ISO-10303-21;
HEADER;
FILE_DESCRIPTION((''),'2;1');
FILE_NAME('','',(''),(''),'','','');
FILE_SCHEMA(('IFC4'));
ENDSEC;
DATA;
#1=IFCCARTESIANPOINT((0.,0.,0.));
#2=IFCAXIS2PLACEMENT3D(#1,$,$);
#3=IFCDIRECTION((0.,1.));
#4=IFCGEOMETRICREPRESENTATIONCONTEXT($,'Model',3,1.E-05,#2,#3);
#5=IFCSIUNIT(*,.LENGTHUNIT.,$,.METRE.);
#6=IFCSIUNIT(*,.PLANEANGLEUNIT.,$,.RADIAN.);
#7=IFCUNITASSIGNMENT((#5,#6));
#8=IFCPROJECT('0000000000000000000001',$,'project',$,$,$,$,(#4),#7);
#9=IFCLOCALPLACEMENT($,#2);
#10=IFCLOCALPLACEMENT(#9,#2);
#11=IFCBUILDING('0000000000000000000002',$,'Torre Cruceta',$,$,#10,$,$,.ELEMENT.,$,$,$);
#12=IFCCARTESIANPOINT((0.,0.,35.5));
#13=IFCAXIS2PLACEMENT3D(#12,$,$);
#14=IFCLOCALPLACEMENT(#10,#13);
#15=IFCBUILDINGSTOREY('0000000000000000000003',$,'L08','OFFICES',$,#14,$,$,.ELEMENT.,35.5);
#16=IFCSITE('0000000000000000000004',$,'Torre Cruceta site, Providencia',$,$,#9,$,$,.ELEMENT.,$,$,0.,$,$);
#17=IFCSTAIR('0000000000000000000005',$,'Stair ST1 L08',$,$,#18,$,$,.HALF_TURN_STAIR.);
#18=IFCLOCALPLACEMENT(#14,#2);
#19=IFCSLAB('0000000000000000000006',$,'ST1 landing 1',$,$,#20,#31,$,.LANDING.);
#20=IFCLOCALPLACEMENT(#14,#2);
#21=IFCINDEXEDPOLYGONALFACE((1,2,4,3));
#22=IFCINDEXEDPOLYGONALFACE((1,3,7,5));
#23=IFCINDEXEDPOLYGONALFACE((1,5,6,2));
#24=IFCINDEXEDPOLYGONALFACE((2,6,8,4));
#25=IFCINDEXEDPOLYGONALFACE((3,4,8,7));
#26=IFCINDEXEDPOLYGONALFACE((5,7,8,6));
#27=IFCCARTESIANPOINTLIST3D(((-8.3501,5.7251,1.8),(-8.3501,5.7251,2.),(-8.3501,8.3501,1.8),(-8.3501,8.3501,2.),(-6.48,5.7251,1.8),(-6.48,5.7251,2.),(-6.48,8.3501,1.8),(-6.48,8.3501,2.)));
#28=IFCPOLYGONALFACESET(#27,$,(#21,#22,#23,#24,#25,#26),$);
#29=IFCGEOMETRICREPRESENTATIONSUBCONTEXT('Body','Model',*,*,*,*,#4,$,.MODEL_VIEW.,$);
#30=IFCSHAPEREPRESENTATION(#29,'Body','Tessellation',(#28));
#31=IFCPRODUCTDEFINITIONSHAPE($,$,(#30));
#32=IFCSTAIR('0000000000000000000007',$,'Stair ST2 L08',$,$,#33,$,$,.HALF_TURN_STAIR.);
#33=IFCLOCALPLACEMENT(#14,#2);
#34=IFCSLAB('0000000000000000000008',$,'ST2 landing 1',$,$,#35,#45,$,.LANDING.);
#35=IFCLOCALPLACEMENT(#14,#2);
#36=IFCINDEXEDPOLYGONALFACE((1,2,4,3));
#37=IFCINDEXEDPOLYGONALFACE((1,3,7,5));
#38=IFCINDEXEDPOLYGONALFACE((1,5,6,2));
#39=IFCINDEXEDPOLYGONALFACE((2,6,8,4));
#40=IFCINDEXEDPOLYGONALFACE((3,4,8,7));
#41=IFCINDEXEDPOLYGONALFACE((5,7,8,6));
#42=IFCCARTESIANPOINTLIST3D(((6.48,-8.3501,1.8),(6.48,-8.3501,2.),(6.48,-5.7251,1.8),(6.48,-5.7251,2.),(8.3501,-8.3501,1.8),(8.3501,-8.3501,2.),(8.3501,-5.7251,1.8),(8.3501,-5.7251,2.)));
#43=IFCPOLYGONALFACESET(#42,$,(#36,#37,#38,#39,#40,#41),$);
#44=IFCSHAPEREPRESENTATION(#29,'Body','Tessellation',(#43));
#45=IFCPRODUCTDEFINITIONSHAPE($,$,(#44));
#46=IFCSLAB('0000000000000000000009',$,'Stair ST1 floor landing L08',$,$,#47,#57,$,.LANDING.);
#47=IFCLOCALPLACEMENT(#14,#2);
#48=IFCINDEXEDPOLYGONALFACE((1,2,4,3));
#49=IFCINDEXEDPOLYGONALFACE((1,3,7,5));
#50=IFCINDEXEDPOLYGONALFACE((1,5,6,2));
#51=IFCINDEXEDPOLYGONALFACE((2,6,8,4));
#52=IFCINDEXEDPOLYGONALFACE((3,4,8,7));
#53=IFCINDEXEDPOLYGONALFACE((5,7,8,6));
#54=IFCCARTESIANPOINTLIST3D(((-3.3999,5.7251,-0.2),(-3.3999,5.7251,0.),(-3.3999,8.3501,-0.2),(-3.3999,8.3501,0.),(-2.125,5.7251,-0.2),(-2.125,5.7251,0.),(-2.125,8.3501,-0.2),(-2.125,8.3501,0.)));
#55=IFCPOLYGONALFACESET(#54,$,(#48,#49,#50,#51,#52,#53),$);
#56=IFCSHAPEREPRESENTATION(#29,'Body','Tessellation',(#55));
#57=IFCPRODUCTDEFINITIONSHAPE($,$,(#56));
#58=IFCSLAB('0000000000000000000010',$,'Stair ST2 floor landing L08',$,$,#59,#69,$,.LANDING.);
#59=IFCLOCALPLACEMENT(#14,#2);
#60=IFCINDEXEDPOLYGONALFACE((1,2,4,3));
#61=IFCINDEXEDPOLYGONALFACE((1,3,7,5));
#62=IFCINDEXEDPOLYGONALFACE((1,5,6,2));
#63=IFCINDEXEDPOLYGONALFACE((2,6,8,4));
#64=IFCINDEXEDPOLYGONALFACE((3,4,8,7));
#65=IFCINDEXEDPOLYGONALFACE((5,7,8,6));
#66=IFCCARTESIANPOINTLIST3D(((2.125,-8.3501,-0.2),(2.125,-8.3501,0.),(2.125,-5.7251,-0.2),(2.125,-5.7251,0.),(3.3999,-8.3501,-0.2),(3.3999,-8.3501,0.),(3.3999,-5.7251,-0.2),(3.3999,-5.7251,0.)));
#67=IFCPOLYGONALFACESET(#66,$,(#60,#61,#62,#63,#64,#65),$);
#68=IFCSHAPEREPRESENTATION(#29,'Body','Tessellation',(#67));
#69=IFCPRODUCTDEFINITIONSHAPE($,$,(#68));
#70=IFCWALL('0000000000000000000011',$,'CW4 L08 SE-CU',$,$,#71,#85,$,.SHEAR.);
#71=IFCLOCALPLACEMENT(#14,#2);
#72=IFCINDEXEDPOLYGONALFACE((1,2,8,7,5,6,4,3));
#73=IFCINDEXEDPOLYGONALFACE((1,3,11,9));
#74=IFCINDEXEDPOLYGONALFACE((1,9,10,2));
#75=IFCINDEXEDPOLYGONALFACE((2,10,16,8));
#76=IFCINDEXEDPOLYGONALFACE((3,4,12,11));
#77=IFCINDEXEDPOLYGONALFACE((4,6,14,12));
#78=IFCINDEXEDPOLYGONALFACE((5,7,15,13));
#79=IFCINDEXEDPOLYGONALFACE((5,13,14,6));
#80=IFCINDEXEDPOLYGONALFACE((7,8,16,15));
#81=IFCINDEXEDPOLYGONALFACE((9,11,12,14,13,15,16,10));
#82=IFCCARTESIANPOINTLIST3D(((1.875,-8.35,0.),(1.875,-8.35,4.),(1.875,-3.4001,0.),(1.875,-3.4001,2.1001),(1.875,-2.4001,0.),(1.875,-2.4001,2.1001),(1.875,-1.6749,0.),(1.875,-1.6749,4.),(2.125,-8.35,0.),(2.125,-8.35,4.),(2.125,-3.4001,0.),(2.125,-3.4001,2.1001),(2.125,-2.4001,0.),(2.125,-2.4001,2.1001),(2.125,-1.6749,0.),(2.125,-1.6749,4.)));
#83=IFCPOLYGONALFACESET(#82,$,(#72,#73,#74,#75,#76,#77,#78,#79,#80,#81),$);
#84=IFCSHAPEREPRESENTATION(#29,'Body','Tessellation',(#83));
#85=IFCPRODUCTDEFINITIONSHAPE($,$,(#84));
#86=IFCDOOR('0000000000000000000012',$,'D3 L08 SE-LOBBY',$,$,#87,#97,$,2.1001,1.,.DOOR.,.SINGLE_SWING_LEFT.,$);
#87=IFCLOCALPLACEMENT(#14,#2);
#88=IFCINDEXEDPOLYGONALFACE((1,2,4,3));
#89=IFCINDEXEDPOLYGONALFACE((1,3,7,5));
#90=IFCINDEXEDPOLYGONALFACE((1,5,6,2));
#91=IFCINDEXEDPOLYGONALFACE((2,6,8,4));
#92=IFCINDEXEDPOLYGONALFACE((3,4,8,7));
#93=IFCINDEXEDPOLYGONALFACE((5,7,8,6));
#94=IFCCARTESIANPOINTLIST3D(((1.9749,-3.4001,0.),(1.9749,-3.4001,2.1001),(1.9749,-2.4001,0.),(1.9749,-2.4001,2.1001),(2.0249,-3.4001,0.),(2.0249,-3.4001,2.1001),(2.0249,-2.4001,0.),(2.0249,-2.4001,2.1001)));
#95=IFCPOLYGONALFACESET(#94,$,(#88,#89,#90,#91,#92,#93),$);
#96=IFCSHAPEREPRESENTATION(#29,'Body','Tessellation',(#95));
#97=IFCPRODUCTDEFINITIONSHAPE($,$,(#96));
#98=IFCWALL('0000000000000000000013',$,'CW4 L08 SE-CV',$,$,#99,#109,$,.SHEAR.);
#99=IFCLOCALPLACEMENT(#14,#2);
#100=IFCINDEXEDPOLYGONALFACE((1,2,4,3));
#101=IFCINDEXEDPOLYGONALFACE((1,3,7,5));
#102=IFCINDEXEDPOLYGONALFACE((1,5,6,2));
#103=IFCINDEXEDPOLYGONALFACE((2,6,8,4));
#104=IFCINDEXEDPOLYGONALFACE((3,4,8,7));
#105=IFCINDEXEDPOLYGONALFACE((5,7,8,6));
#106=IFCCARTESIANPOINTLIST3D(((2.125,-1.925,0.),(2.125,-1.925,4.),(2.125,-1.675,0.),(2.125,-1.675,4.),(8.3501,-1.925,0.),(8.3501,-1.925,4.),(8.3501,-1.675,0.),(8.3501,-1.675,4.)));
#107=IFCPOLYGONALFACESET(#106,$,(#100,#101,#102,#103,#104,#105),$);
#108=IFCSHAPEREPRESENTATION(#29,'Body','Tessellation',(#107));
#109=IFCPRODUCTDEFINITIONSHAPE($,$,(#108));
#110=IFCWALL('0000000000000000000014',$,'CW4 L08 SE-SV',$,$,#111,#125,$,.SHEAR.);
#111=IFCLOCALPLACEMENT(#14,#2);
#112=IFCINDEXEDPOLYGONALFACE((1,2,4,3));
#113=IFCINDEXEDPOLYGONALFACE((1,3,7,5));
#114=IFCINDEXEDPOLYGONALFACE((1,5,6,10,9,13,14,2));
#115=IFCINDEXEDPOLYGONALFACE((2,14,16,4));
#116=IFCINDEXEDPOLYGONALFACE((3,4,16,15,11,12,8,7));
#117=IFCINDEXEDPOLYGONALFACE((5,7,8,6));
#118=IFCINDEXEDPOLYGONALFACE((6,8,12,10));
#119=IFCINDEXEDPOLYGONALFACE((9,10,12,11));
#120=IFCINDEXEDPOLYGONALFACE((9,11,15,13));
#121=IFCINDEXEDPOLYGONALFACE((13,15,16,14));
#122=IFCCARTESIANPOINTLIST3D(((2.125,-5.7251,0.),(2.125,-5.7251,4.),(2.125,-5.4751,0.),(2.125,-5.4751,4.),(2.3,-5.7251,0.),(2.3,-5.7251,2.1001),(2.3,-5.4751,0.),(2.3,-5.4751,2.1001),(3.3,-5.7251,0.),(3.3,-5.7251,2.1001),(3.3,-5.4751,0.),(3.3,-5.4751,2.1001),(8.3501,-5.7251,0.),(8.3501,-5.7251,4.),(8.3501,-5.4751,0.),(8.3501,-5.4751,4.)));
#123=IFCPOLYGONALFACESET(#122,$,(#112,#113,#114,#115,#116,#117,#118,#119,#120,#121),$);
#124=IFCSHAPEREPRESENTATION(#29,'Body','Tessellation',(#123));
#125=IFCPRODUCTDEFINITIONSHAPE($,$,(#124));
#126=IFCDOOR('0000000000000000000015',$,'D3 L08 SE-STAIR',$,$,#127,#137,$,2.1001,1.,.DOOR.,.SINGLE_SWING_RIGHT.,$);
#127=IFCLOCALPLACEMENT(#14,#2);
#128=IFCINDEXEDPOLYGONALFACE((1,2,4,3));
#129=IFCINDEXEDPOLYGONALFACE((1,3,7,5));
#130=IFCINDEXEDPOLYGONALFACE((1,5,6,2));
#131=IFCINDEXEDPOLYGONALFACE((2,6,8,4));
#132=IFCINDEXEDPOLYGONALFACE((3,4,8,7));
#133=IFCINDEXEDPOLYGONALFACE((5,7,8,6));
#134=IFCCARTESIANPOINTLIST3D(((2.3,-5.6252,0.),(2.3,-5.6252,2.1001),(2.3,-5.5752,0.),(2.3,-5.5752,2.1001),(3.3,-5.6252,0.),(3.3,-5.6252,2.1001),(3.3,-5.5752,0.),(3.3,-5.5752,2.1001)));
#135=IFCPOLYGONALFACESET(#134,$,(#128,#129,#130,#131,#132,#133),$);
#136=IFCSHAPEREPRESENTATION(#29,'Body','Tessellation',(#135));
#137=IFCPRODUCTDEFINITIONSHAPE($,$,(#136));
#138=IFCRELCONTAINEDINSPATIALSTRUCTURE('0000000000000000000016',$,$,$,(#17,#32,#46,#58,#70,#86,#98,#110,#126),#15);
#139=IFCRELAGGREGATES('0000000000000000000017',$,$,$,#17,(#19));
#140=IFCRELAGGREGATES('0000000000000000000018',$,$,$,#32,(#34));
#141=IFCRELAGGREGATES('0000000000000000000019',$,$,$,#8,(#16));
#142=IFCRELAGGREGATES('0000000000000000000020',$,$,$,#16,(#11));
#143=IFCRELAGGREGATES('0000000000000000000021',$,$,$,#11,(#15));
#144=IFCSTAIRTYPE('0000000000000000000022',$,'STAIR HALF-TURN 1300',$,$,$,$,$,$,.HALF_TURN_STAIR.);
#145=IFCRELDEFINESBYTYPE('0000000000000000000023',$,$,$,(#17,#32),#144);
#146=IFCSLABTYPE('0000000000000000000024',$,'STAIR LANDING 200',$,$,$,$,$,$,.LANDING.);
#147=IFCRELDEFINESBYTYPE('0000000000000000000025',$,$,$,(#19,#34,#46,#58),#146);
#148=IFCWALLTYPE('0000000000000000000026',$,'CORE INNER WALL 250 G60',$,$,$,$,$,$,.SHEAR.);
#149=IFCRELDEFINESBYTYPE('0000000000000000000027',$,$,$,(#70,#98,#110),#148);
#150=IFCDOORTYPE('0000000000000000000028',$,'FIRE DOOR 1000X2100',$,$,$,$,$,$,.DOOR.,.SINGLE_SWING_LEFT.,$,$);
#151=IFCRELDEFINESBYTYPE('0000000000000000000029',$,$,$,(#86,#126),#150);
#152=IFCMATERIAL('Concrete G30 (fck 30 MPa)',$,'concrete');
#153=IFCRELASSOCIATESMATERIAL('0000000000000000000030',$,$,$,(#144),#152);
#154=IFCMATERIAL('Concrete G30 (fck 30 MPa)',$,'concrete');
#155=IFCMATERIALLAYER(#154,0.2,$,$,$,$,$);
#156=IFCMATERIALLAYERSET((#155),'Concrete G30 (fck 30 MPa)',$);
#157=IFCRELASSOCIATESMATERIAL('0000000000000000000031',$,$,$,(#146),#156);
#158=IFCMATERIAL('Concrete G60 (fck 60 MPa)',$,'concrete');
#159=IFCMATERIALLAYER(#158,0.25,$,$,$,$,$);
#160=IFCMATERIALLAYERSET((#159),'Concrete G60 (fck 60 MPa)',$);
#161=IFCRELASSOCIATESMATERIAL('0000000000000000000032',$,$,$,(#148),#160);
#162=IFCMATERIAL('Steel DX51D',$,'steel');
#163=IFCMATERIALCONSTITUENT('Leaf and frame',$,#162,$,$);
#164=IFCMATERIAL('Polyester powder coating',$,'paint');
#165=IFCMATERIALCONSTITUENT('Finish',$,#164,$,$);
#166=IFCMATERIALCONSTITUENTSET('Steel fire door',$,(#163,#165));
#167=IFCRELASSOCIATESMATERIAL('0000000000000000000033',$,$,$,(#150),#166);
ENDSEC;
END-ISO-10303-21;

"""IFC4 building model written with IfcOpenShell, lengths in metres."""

from ifc_helpers import new_model, si_unit, direction, frame, frame_2d, origin, place, context, subcontext, project, spatial, polyline, rectangle, outline, extrude, material, layer, layer_set, constituent, constituent_set, type_object, element, fill, aggregate, save


model = new_model("IFC4")

# Units and contexts
model_context = context("Model", 3, precision=1e-05, world=origin(), true_north=direction((0.0, 1.0)))
body_context = subcontext(model_context, "Body", "Model", "MODEL_VIEW")
ifc_project = project(units=[si_unit("LENGTHUNIT", "METRE"), si_unit("PLANEANGLEUNIT", "RADIAN")], contexts=[model_context])

# Site, building, storey
site_placement = place(None, origin())
site = spatial("IfcSite", under=ifc_project, at=site_placement, Name="Torre Cruceta site, Providencia", CompositionType="ELEMENT", RefElevation=0.0)
building_placement = place(site_placement, origin())
building = spatial("IfcBuilding", under=site, at=building_placement, Name="Torre Cruceta", CompositionType="ELEMENT")
storey_placement = place(building_placement, frame((0.0, 0.0, 35.5)))
storey = spatial("IfcBuildingStorey", under=building, at=storey_placement, Name="L08", Description="OFFICES", CompositionType="ELEMENT", Elevation=35.5)

# Stairs, slabs
ifc_material_1 = material(Name="Concrete G30 (fck 30 MPa)", Category="concrete")
stair_type = type_object("IfcStairType", Name="STAIR HALF-TURN 1300", PredefinedType="HALF_TURN_STAIR", material=ifc_material_1)
stair_1_placement = place(storey_placement, origin())
stair_1 = element("IfcStair", 1, at=stair_1_placement, inside=storey, type_object=stair_type, Name="Stair ST1 L08", PredefinedType="HALF_TURN_STAIR")
ifc_material_2 = material(Name="Concrete G30 (fck 30 MPa)", Category="concrete")
ifc_layer_1 = layer(ifc_material_2, 0.2)
ifc_layer_set_1 = layer_set([ifc_layer_1], Name="Concrete G30 (fck 30 MPa)")
slab_type_1 = type_object("IfcSlabType", Name="STAIR LANDING 200", PredefinedType="LANDING", material=ifc_layer_set_1)
slab_1_placement = place(storey_placement, frame((0.0, 0.0, 1.8)))
slab_1 = element("IfcSlab", 2, at=slab_1_placement, type_object=slab_type_1, Name="ST1 landing 1", PredefinedType="LANDING", context=body_context, shape_type="SweptSolid", body=[
    extrude(outline(polyline([(-8.3501, 5.7251), (-6.48, 5.7251), (-6.48, 8.3501), (-8.3501, 8.3501), (-8.3501, 5.7251)])), origin(), (0.0, 0.0, 1.0), 0.2),
])
aggregate(stair_1, [slab_1])
stair_2_placement = place(storey_placement, origin())
stair_2 = element("IfcStair", 3, at=stair_2_placement, inside=storey, type_object=stair_type, Name="Stair ST2 L08", PredefinedType="HALF_TURN_STAIR")
slab_2_placement = place(storey_placement, frame((0.0, 0.0, 1.8)))
slab_2 = element("IfcSlab", 4, at=slab_2_placement, type_object=slab_type_1, Name="ST2 landing 1", PredefinedType="LANDING", context=body_context, shape_type="SweptSolid", body=[
    extrude(outline(polyline([(6.48, -8.3501), (8.3501, -8.3501), (8.3501, -5.7251), (6.48, -5.7251), (6.48, -8.3501)])), origin(), (0.0, 0.0, 1.0), 0.2),
])

# Slabs
slab_3_placement = place(storey_placement, frame((0.0, 0.0, -0.2)))
element("IfcSlab", 5, at=slab_3_placement, inside=storey, type_object=slab_type_1, Name="Stair ST1 floor landing L08", PredefinedType="LANDING", context=body_context, shape_type="SweptSolid", body=[
    extrude(outline(polyline([(-2.125, 8.3501), (-2.125, 5.7251), (-3.3999, 5.7251), (-3.3999, 8.3501), (-2.125, 8.3501)])), origin(), (0.0, 0.0, 1.0), 0.2),
])
slab_4_placement = place(storey_placement, frame((0.0, 0.0, -0.2)))
element("IfcSlab", 6, at=slab_4_placement, inside=storey, type_object=slab_type_1, Name="Stair ST2 floor landing L08", PredefinedType="LANDING", context=body_context, shape_type="SweptSolid", body=[
    extrude(outline(polyline([(2.125, -8.3501), (2.125, -5.7251), (3.3999, -5.7251), (3.3999, -8.3501), (2.125, -8.3501)])), origin(), (0.0, 0.0, 1.0), 0.2),
])

# Wall, opening, door
ifc_material_3 = material(Name="Concrete G60 (fck 60 MPa)", Category="concrete")
ifc_layer_2 = layer(ifc_material_3, 0.25)
ifc_layer_set_2 = layer_set([ifc_layer_2], Name="Concrete G60 (fck 60 MPa)")
wall_type_1 = type_object("IfcWallType", Name="CORE INNER WALL 250 G60", PredefinedType="SHEAR", material=ifc_layer_set_2)
wall_1_placement = place(storey_placement, frame((2.0, -1.675, 0.0), z_axis=(0.0, 0.0, 1.0), x_axis=(0.0, -1.0, 0.0)))
wall_1 = element("IfcWall", 7, at=wall_1_placement, inside=storey, type_object=wall_type_1, Name="CW4 L08 SE-CU", PredefinedType="SHEAR", context=body_context, shape_type="SweptSolid", body=[
    extrude(rectangle(XDim=6.675, YDim=0.25, at=frame_2d((3.3374, 0.0))), origin(), (0.0, 0.0, 1.0), 4.0),
])
opening_1_placement = place(wall_1_placement, frame((0.7251, 0.0, 0.0)))
opening_1 = element("IfcOpeningElement", 8, at=opening_1_placement, cuts=wall_1, PredefinedType="OPENING", context=body_context, shape_type="SweptSolid", body=[
    extrude(rectangle(XDim=1.0, YDim=2.1001, at=frame_2d((0.5, 1.05))), frame((0.0, 0.135, 0.0), z_axis=(0.0, -1.0, 0.0), x_axis=(1.0, 0.0, 0.0)), (0.0, 0.0, 1.0), 0.27),
])
ifc_material_4 = material(Name="Steel DX51D", Category="steel")
ifc_constituent_1 = constituent(ifc_material_4, Name="Leaf and frame")
ifc_material_5 = material(Name="Polyester powder coating", Category="paint")
ifc_constituent_2 = constituent(ifc_material_5, Name="Finish")
ifc_constituent_set_1 = constituent_set(constituents=[ifc_constituent_1, ifc_constituent_2], Name="Steel fire door")
door_type_1 = type_object("IfcDoorType", Name="FIRE DOOR 1000X2100", OperationType="SINGLE_SWING_LEFT", PredefinedType="DOOR", material=ifc_constituent_set_1)
door_1_placement = place(opening_1_placement, origin())
door_1 = element("IfcDoor", 9, at=door_1_placement, inside=storey, type_object=door_type_1, Name="D3 L08 SE-LOBBY", OperationType="SINGLE_SWING_LEFT", OverallHeight=2.1001, OverallWidth=1.0, PredefinedType="DOOR", context=body_context, shape_type="SweptSolid", body=[
    extrude(rectangle(XDim=1.0, YDim=2.1001, at=frame_2d((0.5, 1.05))), frame((0.0, 0.0249, 0.0), z_axis=(0.0, -1.0, 0.0), x_axis=(1.0, 0.0, 0.0)), (0.0, 0.0, 1.0), 0.05),
])
fill(opening_1, door_1)

# Wall
wall_2_placement = place(storey_placement, frame((2.125, -1.8, 0.0), z_axis=(0.0, 0.0, 1.0), x_axis=(1.0, 0.0, 0.0)))
element("IfcWall", 10, at=wall_2_placement, inside=storey, type_object=wall_type_1, Name="CW4 L08 SE-CV", PredefinedType="SHEAR", context=body_context, shape_type="SweptSolid", body=[
    extrude(rectangle(XDim=6.2251, YDim=0.25, at=frame_2d((3.1125, 0.0))), origin(), (0.0, 0.0, 1.0), 4.0),
])

# Wall, opening, door
wall_3_placement = place(storey_placement, frame((2.125, -5.6001, 0.0), z_axis=(0.0, 0.0, 1.0), x_axis=(1.0, 0.0, 0.0)))
wall_3 = element("IfcWall", 11, at=wall_3_placement, inside=storey, type_object=wall_type_1, Name="CW4 L08 SE-SV", PredefinedType="SHEAR", context=body_context, shape_type="SweptSolid", body=[
    extrude(rectangle(XDim=6.2251, YDim=0.25, at=frame_2d((3.1125, 0.0))), origin(), (0.0, 0.0, 1.0), 4.0),
])
opening_2_placement = place(wall_3_placement, frame((0.175, 0.0, 0.0)))
opening_2 = element("IfcOpeningElement", 12, at=opening_2_placement, cuts=wall_3, PredefinedType="OPENING", context=body_context, shape_type="SweptSolid", body=[
    extrude(rectangle(XDim=1.0, YDim=2.1001, at=frame_2d((0.5, 1.05))), frame((0.0, 0.135, 0.0), z_axis=(0.0, -1.0, 0.0), x_axis=(1.0, 0.0, 0.0)), (0.0, 0.0, 1.0), 0.27),
])
door_2_placement = place(opening_2_placement, frame((1.0, 0.0, 0.0), z_axis=(0.0, 0.0, 1.0), x_axis=(-1.0, 0.0, 0.0)))
door_2 = element("IfcDoor", 13, at=door_2_placement, inside=storey, type_object=door_type_1, Name="D3 L08 SE-STAIR", OperationType="SINGLE_SWING_RIGHT", OverallHeight=2.1001, OverallWidth=1.0, PredefinedType="DOOR", context=body_context, shape_type="SweptSolid", body=[
    extrude(rectangle(XDim=1.0, YDim=2.1001, at=frame_2d((0.5, 1.05))), frame((0.0, 0.0251, 0.0), z_axis=(0.0, -1.0, 0.0), x_axis=(1.0, 0.0, 0.0)), (0.0, 0.0, 1.0), 0.05),
])
fill(opening_2, door_2)

aggregate(stair_2, [slab_2])

save(model, "model.ifc")
